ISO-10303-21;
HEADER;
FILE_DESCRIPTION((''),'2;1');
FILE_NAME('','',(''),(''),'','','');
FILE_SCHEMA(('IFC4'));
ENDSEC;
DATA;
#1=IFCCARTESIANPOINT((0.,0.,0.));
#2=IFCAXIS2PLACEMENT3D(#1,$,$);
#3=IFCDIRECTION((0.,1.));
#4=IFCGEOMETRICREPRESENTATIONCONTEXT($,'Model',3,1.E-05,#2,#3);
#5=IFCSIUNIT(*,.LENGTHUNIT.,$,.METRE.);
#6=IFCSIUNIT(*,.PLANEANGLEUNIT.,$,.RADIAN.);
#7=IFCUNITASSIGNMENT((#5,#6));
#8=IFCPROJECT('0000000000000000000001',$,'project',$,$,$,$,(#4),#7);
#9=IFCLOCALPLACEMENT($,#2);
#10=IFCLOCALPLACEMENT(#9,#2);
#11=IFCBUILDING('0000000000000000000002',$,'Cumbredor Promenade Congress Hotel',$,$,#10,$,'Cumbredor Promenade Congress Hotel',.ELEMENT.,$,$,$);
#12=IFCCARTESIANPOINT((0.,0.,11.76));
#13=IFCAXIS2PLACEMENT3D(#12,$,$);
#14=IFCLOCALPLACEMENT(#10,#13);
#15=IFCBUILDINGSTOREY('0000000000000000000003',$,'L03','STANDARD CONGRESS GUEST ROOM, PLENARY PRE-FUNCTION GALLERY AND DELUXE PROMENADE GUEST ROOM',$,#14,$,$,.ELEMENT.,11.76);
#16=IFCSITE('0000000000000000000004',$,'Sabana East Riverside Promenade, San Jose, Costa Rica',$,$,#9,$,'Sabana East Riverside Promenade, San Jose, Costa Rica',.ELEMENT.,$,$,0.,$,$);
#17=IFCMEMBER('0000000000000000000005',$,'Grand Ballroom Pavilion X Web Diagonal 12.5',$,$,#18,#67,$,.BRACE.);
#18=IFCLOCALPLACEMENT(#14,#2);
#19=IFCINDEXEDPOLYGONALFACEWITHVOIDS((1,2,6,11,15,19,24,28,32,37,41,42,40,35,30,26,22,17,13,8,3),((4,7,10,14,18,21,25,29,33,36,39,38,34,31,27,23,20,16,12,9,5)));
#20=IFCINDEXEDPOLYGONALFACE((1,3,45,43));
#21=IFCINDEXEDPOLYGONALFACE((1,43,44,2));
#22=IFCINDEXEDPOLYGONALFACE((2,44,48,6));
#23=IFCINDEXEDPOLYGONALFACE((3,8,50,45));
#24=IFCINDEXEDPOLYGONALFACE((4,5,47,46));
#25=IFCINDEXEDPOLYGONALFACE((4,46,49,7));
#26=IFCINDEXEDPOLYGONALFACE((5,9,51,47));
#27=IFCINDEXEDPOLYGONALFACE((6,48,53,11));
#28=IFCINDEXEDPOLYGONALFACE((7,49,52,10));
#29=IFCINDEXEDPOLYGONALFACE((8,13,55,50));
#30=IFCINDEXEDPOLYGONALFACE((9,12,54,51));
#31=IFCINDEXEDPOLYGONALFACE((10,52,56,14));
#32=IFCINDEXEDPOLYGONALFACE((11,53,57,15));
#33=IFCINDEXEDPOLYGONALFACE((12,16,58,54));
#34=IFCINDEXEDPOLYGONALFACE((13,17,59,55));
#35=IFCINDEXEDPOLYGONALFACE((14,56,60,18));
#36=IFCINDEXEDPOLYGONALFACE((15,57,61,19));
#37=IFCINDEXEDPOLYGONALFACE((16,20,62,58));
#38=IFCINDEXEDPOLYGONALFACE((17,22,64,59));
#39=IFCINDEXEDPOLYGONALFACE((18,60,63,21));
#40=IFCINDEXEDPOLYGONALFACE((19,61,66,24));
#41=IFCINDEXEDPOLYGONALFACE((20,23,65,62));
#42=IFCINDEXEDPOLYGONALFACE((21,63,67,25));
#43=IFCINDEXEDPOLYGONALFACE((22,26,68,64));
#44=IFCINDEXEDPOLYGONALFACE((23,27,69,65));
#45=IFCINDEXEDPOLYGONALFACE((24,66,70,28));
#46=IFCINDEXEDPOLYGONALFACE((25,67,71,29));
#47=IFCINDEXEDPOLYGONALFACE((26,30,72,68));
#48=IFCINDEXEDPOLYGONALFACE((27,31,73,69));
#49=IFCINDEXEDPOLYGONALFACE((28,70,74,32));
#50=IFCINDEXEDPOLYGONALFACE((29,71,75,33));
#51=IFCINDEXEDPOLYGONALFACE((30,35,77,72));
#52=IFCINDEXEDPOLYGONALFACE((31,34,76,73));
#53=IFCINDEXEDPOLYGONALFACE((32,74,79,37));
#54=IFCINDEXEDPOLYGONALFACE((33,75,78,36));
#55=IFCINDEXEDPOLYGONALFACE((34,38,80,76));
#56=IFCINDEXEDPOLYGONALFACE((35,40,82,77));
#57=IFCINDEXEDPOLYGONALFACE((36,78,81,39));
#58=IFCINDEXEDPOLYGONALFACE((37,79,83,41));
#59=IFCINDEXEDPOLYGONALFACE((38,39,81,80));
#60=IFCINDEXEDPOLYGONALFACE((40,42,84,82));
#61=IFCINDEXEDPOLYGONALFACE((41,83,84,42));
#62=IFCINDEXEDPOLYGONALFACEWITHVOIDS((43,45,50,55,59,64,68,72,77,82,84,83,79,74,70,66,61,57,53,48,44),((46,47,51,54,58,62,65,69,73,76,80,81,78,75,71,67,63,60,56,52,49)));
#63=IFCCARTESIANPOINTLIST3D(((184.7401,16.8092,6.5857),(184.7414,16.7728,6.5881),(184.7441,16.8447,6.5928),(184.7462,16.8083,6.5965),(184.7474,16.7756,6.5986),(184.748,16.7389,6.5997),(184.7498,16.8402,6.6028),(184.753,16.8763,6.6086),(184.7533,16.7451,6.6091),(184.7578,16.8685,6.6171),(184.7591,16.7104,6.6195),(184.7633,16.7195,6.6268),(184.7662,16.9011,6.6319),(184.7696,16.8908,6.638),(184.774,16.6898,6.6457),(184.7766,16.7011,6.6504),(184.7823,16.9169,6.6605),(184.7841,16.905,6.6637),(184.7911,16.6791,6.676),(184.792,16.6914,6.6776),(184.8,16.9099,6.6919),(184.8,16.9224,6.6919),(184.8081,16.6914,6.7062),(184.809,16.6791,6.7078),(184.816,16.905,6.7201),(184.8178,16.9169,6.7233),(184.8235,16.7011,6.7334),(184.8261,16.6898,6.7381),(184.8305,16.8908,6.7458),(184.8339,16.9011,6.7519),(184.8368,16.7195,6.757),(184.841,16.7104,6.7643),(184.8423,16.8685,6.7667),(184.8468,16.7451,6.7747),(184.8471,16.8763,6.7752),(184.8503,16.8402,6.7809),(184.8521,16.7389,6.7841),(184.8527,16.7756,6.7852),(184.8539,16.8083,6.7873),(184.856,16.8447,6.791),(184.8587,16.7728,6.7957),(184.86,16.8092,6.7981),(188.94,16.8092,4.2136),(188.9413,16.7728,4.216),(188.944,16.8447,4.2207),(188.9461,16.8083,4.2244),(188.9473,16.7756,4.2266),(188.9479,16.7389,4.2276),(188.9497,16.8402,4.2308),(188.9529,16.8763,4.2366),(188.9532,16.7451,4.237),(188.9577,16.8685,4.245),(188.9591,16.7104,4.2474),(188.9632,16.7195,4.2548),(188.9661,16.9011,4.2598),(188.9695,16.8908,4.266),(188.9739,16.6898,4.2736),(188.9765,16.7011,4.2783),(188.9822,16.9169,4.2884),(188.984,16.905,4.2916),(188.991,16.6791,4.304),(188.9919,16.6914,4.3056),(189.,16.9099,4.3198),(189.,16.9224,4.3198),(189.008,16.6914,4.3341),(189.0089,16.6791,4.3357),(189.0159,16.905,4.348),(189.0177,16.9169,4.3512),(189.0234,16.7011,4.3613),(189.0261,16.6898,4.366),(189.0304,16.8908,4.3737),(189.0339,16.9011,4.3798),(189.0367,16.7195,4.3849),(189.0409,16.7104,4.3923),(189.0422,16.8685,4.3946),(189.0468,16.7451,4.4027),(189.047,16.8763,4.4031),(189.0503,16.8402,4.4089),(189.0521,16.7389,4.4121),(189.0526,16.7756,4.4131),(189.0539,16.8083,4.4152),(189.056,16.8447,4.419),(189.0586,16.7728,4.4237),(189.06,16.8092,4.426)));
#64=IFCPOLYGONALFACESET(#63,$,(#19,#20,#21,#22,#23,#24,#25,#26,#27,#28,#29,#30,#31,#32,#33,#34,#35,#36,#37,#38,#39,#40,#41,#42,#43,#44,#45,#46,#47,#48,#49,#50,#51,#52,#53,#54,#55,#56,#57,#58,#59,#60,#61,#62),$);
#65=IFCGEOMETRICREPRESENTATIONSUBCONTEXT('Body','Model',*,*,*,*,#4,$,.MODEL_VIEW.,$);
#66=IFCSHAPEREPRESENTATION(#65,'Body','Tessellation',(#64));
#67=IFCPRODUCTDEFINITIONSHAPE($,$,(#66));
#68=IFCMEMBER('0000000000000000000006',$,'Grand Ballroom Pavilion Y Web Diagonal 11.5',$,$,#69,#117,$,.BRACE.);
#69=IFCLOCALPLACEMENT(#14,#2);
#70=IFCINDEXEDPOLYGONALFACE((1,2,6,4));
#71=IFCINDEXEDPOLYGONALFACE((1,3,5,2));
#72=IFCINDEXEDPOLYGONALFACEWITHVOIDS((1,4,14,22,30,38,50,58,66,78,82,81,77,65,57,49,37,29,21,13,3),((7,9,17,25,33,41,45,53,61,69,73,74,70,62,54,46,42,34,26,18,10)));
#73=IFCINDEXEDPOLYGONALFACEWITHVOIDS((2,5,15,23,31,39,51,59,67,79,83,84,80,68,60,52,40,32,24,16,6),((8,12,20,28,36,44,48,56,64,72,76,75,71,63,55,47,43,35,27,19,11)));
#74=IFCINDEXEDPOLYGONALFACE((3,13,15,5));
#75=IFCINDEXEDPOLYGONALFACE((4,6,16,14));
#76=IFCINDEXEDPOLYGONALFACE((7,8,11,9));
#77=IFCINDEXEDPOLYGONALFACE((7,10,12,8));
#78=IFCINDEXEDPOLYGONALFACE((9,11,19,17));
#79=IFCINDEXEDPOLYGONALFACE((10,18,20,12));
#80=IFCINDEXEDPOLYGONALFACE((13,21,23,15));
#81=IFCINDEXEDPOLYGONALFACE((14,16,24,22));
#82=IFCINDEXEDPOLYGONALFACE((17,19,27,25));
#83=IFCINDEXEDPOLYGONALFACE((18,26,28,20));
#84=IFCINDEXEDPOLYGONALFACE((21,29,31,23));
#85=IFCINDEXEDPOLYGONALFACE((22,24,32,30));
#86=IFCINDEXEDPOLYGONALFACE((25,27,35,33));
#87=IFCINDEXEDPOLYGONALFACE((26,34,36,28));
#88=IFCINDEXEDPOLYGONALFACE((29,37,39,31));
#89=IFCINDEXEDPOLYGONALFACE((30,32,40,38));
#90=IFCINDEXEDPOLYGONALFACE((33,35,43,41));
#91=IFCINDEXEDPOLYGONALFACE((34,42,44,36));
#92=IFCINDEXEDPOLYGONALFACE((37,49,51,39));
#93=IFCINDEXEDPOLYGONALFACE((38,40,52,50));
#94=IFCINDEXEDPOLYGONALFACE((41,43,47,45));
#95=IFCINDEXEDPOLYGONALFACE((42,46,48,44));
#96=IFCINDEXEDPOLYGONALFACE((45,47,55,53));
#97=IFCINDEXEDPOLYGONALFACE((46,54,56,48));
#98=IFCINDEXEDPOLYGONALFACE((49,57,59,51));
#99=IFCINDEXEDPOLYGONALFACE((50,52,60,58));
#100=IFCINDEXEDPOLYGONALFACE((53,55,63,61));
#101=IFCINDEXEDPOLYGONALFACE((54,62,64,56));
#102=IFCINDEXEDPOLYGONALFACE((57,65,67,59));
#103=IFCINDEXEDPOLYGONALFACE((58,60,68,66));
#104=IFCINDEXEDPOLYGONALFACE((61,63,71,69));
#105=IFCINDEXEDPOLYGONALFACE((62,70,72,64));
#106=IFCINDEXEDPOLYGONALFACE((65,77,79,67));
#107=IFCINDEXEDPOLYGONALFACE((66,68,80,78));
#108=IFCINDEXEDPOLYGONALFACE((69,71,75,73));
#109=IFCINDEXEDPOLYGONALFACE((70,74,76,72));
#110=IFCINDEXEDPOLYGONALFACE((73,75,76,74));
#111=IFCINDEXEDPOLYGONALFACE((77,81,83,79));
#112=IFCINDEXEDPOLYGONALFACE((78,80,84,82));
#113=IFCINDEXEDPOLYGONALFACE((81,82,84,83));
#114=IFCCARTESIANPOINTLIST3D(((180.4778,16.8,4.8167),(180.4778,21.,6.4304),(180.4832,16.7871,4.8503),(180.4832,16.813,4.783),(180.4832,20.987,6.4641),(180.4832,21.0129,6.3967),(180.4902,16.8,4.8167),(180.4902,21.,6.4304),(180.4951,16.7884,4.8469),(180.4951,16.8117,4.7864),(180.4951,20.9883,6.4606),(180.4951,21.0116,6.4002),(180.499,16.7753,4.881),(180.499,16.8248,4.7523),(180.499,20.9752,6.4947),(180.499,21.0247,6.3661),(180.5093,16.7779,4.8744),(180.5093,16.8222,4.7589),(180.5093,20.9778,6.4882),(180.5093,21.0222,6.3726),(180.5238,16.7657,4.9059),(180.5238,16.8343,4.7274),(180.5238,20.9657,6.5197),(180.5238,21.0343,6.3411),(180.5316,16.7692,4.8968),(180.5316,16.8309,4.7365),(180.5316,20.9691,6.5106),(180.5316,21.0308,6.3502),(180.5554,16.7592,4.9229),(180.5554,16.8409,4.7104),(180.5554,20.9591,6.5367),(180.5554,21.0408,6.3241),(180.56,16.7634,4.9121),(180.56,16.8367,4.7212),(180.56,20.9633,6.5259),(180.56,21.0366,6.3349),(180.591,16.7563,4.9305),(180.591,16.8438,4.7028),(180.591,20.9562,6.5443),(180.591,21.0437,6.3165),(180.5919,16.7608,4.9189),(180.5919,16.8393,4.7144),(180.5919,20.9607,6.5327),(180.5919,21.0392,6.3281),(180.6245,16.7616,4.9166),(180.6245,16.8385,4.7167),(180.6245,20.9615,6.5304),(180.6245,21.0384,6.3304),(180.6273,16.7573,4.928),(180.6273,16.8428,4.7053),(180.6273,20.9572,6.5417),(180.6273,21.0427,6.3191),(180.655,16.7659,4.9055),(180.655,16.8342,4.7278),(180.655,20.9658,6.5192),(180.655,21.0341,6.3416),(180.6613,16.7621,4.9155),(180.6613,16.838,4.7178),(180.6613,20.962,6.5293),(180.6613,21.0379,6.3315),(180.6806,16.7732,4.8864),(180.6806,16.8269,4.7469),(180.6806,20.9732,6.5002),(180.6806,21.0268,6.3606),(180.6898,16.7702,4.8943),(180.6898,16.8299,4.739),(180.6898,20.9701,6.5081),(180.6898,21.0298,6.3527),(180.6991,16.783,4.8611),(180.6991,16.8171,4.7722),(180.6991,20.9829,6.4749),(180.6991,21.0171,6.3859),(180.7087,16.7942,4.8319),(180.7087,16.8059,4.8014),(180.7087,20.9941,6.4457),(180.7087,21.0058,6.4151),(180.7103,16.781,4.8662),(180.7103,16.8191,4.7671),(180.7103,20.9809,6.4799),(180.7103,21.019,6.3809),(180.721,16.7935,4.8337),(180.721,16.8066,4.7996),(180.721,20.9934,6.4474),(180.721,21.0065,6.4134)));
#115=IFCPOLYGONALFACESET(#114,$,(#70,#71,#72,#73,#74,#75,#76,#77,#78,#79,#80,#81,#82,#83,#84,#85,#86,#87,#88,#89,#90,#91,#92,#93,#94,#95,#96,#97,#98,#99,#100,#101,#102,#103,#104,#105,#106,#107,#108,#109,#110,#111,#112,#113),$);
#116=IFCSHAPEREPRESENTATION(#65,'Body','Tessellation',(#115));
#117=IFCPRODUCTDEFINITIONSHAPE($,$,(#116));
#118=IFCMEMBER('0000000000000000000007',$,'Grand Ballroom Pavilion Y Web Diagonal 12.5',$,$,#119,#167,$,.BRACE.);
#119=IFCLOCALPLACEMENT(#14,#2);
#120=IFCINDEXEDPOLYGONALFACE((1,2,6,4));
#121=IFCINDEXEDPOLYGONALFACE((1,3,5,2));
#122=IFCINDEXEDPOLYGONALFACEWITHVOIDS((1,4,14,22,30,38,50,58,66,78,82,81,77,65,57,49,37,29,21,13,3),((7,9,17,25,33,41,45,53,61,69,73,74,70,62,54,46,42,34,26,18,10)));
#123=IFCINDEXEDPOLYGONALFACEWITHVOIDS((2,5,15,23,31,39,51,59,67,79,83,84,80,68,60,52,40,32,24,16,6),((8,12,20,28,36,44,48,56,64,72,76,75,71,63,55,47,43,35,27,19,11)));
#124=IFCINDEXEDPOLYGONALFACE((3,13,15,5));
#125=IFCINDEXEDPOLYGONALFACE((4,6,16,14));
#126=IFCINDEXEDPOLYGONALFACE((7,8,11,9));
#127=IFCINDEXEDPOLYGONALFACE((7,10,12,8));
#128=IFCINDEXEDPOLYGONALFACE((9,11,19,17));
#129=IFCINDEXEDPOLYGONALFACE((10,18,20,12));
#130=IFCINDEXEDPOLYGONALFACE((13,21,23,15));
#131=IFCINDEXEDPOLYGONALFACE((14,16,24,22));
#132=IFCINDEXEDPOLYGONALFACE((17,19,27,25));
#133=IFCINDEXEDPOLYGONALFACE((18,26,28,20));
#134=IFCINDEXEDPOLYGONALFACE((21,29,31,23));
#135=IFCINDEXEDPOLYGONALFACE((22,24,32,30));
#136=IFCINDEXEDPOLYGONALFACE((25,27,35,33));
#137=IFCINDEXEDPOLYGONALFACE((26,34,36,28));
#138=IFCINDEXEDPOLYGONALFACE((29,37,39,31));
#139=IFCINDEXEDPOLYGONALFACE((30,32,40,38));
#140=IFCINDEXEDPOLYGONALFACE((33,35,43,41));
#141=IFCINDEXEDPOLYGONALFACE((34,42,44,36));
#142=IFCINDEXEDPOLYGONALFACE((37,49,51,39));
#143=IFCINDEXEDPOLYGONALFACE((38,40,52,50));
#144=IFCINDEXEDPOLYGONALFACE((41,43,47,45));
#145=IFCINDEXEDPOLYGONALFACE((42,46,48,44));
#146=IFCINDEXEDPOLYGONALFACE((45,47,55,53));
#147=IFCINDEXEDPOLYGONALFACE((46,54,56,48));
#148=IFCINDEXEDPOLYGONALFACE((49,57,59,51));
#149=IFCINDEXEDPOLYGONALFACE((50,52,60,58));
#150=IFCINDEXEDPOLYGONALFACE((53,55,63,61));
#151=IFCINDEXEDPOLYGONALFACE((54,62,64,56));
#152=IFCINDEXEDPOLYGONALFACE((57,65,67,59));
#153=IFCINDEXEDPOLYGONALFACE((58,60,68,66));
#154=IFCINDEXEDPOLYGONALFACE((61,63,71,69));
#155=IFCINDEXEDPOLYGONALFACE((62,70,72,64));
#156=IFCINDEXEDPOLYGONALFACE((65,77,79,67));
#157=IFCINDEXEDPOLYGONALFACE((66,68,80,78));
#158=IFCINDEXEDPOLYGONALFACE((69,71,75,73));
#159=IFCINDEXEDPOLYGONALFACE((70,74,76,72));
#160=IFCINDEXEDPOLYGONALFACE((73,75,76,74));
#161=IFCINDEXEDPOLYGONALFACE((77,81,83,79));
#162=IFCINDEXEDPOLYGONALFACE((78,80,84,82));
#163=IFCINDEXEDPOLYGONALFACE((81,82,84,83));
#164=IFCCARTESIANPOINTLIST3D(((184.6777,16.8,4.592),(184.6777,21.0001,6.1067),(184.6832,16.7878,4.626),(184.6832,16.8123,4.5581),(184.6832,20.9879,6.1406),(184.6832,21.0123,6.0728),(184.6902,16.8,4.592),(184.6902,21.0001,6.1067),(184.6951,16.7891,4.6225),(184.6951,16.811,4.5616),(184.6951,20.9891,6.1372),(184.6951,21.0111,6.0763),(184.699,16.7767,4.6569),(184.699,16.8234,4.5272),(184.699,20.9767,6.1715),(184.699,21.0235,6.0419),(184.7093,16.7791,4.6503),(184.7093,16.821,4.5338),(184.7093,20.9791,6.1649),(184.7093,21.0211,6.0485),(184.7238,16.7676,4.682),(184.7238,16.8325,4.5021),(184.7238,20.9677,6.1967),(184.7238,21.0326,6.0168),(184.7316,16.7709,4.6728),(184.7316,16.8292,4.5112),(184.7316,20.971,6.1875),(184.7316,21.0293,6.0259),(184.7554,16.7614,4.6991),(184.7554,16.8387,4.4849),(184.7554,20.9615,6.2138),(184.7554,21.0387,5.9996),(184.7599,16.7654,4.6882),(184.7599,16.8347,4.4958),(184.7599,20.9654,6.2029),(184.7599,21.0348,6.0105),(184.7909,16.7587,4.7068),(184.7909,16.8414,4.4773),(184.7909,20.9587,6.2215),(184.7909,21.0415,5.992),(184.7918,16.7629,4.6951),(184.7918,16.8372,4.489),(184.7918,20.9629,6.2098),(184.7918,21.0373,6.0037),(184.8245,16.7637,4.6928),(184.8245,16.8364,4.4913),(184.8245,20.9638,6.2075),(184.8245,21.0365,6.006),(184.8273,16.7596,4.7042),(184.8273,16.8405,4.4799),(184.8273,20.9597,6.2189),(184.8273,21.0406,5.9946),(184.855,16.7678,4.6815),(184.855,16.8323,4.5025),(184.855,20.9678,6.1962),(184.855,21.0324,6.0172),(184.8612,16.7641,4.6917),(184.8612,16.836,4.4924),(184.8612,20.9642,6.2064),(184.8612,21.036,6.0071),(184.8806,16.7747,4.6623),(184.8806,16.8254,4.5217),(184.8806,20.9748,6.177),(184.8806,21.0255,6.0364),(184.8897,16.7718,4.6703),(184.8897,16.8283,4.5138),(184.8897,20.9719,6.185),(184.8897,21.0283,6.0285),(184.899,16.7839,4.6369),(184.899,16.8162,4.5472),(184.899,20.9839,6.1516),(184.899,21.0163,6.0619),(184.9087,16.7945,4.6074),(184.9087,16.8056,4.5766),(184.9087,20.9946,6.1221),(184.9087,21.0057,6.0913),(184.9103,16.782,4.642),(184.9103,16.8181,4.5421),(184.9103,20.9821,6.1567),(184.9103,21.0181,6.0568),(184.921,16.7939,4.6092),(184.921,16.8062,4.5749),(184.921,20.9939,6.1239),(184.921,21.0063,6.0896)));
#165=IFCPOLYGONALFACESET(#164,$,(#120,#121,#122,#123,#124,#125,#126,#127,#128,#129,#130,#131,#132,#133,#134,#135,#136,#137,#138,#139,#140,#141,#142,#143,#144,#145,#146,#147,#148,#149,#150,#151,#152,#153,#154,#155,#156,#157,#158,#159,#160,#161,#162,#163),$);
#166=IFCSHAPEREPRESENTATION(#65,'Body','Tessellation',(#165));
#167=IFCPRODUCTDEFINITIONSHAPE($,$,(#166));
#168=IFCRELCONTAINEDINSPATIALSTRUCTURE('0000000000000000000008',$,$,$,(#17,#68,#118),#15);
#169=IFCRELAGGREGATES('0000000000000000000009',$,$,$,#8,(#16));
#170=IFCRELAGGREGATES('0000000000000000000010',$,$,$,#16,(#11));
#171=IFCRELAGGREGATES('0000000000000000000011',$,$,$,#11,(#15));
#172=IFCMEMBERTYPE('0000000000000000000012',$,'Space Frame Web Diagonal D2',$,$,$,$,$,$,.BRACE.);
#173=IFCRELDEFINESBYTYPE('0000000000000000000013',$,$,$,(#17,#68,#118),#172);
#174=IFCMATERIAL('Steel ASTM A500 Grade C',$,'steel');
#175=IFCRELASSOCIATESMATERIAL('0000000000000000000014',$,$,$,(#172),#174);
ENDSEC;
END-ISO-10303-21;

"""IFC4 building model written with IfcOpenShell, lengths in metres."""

from ifc_helpers import new_model, si_unit, direction, frame, origin, origin_2d, place, context, subcontext, project, spatial, hollow_circle, extrude, material, material_profile, profile_set, type_object, element, save


model = new_model("IFC4")

# Units and contexts
model_context = context("Model", 3, precision=1e-05, world=origin(), true_north=direction((0.0, 1.0)))
body_context = subcontext(model_context, "Body", "Model", "MODEL_VIEW")
ifc_project = project(units=[si_unit("LENGTHUNIT", "METRE"), si_unit("PLANEANGLEUNIT", "RADIAN")], contexts=[model_context])

# Site, building, storey
site_placement = place(None, origin())
site = spatial("IfcSite", under=ifc_project, at=site_placement, Name="Sabana East Riverside Promenade, San Jose, Costa Rica", LongName="Sabana East Riverside Promenade, San Jose, Costa Rica", CompositionType="ELEMENT", RefElevation=0.0)
building_placement = place(site_placement, origin())
building = spatial("IfcBuilding", under=site, at=building_placement, Name="Cumbredor Promenade Congress Hotel", LongName="Cumbredor Promenade Congress Hotel", CompositionType="ELEMENT")
storey_placement = place(building_placement, frame((0.0, 0.0, 11.76)))
storey = spatial("IfcBuildingStorey", under=building, at=storey_placement, Name="L03", Description="STANDARD CONGRESS GUEST ROOM, PLENARY PRE-FUNCTION GALLERY AND DELUXE PROMENADE GUEST ROOM", CompositionType="ELEMENT", Elevation=11.76)

# Shared definitions
ifc_material_1 = material(Name="Steel ASTM A500 Grade C", Category="steel")

# Members
ifc_material_profile_1 = material_profile(ifc_material_1, hollow_circle(Radius=0.1223, WallThickness=0.0125, at=origin_2d()), Name="CHS 244.5x12.5")
ifc_profile_set_1 = profile_set([ifc_material_profile_1], Name="Steel ASTM A500 Grade C")
member_type_1 = type_object("IfcMemberType", Name="Space Frame Web Diagonal D2", PredefinedType="BRACE", material=ifc_profile_set_1)
member_1_placement = place(storey_placement, frame((184.8, 16.8, 6.6919), z_axis=(0.870724, 0.0, -0.491772), x_axis=(0.0, 1.0, 0.0)))
element("IfcMember", 1, at=member_1_placement, inside=storey, type_object=member_type_1, Name="Grand Ballroom Pavilion X Web Diagonal 12.5", PredefinedType="BRACE", context=body_context, shape_type="SweptSolid", body=[
    extrude(hollow_circle(Radius=0.1223, WallThickness=0.0125, at=origin_2d()), origin(), (0.0, 0.0, 1.0), 4.8235),
])
member_2_placement = place(storey_placement, frame((180.6001, 16.8, 4.8167), z_axis=(0.0, 0.933464, 0.35867), x_axis=(-1.0, 0.0, 0.0)))
element("IfcMember", 2, at=member_2_placement, inside=storey, type_object=member_type_1, Name="Grand Ballroom Pavilion Y Web Diagonal 11.5", PredefinedType="BRACE", context=body_context, shape_type="SweptSolid", body=[
    extrude(hollow_circle(Radius=0.1223, WallThickness=0.0125, at=origin_2d()), origin(), (0.0, 0.0, 1.0), 4.4993),
])
member_3_placement = place(storey_placement, frame((184.8, 16.8, 4.592), z_axis=(0.0, 0.940697, 0.339248), x_axis=(-1.0, 0.0, 0.0)))
element("IfcMember", 3, at=member_3_placement, inside=storey, type_object=member_type_1, Name="Grand Ballroom Pavilion Y Web Diagonal 12.5", PredefinedType="BRACE", context=body_context, shape_type="SweptSolid", body=[
    extrude(hollow_circle(Radius=0.1223, WallThickness=0.0125, at=origin_2d()), origin(), (0.0, 0.0, 1.0), 4.4648),
])

save(model, "model.ifc")
